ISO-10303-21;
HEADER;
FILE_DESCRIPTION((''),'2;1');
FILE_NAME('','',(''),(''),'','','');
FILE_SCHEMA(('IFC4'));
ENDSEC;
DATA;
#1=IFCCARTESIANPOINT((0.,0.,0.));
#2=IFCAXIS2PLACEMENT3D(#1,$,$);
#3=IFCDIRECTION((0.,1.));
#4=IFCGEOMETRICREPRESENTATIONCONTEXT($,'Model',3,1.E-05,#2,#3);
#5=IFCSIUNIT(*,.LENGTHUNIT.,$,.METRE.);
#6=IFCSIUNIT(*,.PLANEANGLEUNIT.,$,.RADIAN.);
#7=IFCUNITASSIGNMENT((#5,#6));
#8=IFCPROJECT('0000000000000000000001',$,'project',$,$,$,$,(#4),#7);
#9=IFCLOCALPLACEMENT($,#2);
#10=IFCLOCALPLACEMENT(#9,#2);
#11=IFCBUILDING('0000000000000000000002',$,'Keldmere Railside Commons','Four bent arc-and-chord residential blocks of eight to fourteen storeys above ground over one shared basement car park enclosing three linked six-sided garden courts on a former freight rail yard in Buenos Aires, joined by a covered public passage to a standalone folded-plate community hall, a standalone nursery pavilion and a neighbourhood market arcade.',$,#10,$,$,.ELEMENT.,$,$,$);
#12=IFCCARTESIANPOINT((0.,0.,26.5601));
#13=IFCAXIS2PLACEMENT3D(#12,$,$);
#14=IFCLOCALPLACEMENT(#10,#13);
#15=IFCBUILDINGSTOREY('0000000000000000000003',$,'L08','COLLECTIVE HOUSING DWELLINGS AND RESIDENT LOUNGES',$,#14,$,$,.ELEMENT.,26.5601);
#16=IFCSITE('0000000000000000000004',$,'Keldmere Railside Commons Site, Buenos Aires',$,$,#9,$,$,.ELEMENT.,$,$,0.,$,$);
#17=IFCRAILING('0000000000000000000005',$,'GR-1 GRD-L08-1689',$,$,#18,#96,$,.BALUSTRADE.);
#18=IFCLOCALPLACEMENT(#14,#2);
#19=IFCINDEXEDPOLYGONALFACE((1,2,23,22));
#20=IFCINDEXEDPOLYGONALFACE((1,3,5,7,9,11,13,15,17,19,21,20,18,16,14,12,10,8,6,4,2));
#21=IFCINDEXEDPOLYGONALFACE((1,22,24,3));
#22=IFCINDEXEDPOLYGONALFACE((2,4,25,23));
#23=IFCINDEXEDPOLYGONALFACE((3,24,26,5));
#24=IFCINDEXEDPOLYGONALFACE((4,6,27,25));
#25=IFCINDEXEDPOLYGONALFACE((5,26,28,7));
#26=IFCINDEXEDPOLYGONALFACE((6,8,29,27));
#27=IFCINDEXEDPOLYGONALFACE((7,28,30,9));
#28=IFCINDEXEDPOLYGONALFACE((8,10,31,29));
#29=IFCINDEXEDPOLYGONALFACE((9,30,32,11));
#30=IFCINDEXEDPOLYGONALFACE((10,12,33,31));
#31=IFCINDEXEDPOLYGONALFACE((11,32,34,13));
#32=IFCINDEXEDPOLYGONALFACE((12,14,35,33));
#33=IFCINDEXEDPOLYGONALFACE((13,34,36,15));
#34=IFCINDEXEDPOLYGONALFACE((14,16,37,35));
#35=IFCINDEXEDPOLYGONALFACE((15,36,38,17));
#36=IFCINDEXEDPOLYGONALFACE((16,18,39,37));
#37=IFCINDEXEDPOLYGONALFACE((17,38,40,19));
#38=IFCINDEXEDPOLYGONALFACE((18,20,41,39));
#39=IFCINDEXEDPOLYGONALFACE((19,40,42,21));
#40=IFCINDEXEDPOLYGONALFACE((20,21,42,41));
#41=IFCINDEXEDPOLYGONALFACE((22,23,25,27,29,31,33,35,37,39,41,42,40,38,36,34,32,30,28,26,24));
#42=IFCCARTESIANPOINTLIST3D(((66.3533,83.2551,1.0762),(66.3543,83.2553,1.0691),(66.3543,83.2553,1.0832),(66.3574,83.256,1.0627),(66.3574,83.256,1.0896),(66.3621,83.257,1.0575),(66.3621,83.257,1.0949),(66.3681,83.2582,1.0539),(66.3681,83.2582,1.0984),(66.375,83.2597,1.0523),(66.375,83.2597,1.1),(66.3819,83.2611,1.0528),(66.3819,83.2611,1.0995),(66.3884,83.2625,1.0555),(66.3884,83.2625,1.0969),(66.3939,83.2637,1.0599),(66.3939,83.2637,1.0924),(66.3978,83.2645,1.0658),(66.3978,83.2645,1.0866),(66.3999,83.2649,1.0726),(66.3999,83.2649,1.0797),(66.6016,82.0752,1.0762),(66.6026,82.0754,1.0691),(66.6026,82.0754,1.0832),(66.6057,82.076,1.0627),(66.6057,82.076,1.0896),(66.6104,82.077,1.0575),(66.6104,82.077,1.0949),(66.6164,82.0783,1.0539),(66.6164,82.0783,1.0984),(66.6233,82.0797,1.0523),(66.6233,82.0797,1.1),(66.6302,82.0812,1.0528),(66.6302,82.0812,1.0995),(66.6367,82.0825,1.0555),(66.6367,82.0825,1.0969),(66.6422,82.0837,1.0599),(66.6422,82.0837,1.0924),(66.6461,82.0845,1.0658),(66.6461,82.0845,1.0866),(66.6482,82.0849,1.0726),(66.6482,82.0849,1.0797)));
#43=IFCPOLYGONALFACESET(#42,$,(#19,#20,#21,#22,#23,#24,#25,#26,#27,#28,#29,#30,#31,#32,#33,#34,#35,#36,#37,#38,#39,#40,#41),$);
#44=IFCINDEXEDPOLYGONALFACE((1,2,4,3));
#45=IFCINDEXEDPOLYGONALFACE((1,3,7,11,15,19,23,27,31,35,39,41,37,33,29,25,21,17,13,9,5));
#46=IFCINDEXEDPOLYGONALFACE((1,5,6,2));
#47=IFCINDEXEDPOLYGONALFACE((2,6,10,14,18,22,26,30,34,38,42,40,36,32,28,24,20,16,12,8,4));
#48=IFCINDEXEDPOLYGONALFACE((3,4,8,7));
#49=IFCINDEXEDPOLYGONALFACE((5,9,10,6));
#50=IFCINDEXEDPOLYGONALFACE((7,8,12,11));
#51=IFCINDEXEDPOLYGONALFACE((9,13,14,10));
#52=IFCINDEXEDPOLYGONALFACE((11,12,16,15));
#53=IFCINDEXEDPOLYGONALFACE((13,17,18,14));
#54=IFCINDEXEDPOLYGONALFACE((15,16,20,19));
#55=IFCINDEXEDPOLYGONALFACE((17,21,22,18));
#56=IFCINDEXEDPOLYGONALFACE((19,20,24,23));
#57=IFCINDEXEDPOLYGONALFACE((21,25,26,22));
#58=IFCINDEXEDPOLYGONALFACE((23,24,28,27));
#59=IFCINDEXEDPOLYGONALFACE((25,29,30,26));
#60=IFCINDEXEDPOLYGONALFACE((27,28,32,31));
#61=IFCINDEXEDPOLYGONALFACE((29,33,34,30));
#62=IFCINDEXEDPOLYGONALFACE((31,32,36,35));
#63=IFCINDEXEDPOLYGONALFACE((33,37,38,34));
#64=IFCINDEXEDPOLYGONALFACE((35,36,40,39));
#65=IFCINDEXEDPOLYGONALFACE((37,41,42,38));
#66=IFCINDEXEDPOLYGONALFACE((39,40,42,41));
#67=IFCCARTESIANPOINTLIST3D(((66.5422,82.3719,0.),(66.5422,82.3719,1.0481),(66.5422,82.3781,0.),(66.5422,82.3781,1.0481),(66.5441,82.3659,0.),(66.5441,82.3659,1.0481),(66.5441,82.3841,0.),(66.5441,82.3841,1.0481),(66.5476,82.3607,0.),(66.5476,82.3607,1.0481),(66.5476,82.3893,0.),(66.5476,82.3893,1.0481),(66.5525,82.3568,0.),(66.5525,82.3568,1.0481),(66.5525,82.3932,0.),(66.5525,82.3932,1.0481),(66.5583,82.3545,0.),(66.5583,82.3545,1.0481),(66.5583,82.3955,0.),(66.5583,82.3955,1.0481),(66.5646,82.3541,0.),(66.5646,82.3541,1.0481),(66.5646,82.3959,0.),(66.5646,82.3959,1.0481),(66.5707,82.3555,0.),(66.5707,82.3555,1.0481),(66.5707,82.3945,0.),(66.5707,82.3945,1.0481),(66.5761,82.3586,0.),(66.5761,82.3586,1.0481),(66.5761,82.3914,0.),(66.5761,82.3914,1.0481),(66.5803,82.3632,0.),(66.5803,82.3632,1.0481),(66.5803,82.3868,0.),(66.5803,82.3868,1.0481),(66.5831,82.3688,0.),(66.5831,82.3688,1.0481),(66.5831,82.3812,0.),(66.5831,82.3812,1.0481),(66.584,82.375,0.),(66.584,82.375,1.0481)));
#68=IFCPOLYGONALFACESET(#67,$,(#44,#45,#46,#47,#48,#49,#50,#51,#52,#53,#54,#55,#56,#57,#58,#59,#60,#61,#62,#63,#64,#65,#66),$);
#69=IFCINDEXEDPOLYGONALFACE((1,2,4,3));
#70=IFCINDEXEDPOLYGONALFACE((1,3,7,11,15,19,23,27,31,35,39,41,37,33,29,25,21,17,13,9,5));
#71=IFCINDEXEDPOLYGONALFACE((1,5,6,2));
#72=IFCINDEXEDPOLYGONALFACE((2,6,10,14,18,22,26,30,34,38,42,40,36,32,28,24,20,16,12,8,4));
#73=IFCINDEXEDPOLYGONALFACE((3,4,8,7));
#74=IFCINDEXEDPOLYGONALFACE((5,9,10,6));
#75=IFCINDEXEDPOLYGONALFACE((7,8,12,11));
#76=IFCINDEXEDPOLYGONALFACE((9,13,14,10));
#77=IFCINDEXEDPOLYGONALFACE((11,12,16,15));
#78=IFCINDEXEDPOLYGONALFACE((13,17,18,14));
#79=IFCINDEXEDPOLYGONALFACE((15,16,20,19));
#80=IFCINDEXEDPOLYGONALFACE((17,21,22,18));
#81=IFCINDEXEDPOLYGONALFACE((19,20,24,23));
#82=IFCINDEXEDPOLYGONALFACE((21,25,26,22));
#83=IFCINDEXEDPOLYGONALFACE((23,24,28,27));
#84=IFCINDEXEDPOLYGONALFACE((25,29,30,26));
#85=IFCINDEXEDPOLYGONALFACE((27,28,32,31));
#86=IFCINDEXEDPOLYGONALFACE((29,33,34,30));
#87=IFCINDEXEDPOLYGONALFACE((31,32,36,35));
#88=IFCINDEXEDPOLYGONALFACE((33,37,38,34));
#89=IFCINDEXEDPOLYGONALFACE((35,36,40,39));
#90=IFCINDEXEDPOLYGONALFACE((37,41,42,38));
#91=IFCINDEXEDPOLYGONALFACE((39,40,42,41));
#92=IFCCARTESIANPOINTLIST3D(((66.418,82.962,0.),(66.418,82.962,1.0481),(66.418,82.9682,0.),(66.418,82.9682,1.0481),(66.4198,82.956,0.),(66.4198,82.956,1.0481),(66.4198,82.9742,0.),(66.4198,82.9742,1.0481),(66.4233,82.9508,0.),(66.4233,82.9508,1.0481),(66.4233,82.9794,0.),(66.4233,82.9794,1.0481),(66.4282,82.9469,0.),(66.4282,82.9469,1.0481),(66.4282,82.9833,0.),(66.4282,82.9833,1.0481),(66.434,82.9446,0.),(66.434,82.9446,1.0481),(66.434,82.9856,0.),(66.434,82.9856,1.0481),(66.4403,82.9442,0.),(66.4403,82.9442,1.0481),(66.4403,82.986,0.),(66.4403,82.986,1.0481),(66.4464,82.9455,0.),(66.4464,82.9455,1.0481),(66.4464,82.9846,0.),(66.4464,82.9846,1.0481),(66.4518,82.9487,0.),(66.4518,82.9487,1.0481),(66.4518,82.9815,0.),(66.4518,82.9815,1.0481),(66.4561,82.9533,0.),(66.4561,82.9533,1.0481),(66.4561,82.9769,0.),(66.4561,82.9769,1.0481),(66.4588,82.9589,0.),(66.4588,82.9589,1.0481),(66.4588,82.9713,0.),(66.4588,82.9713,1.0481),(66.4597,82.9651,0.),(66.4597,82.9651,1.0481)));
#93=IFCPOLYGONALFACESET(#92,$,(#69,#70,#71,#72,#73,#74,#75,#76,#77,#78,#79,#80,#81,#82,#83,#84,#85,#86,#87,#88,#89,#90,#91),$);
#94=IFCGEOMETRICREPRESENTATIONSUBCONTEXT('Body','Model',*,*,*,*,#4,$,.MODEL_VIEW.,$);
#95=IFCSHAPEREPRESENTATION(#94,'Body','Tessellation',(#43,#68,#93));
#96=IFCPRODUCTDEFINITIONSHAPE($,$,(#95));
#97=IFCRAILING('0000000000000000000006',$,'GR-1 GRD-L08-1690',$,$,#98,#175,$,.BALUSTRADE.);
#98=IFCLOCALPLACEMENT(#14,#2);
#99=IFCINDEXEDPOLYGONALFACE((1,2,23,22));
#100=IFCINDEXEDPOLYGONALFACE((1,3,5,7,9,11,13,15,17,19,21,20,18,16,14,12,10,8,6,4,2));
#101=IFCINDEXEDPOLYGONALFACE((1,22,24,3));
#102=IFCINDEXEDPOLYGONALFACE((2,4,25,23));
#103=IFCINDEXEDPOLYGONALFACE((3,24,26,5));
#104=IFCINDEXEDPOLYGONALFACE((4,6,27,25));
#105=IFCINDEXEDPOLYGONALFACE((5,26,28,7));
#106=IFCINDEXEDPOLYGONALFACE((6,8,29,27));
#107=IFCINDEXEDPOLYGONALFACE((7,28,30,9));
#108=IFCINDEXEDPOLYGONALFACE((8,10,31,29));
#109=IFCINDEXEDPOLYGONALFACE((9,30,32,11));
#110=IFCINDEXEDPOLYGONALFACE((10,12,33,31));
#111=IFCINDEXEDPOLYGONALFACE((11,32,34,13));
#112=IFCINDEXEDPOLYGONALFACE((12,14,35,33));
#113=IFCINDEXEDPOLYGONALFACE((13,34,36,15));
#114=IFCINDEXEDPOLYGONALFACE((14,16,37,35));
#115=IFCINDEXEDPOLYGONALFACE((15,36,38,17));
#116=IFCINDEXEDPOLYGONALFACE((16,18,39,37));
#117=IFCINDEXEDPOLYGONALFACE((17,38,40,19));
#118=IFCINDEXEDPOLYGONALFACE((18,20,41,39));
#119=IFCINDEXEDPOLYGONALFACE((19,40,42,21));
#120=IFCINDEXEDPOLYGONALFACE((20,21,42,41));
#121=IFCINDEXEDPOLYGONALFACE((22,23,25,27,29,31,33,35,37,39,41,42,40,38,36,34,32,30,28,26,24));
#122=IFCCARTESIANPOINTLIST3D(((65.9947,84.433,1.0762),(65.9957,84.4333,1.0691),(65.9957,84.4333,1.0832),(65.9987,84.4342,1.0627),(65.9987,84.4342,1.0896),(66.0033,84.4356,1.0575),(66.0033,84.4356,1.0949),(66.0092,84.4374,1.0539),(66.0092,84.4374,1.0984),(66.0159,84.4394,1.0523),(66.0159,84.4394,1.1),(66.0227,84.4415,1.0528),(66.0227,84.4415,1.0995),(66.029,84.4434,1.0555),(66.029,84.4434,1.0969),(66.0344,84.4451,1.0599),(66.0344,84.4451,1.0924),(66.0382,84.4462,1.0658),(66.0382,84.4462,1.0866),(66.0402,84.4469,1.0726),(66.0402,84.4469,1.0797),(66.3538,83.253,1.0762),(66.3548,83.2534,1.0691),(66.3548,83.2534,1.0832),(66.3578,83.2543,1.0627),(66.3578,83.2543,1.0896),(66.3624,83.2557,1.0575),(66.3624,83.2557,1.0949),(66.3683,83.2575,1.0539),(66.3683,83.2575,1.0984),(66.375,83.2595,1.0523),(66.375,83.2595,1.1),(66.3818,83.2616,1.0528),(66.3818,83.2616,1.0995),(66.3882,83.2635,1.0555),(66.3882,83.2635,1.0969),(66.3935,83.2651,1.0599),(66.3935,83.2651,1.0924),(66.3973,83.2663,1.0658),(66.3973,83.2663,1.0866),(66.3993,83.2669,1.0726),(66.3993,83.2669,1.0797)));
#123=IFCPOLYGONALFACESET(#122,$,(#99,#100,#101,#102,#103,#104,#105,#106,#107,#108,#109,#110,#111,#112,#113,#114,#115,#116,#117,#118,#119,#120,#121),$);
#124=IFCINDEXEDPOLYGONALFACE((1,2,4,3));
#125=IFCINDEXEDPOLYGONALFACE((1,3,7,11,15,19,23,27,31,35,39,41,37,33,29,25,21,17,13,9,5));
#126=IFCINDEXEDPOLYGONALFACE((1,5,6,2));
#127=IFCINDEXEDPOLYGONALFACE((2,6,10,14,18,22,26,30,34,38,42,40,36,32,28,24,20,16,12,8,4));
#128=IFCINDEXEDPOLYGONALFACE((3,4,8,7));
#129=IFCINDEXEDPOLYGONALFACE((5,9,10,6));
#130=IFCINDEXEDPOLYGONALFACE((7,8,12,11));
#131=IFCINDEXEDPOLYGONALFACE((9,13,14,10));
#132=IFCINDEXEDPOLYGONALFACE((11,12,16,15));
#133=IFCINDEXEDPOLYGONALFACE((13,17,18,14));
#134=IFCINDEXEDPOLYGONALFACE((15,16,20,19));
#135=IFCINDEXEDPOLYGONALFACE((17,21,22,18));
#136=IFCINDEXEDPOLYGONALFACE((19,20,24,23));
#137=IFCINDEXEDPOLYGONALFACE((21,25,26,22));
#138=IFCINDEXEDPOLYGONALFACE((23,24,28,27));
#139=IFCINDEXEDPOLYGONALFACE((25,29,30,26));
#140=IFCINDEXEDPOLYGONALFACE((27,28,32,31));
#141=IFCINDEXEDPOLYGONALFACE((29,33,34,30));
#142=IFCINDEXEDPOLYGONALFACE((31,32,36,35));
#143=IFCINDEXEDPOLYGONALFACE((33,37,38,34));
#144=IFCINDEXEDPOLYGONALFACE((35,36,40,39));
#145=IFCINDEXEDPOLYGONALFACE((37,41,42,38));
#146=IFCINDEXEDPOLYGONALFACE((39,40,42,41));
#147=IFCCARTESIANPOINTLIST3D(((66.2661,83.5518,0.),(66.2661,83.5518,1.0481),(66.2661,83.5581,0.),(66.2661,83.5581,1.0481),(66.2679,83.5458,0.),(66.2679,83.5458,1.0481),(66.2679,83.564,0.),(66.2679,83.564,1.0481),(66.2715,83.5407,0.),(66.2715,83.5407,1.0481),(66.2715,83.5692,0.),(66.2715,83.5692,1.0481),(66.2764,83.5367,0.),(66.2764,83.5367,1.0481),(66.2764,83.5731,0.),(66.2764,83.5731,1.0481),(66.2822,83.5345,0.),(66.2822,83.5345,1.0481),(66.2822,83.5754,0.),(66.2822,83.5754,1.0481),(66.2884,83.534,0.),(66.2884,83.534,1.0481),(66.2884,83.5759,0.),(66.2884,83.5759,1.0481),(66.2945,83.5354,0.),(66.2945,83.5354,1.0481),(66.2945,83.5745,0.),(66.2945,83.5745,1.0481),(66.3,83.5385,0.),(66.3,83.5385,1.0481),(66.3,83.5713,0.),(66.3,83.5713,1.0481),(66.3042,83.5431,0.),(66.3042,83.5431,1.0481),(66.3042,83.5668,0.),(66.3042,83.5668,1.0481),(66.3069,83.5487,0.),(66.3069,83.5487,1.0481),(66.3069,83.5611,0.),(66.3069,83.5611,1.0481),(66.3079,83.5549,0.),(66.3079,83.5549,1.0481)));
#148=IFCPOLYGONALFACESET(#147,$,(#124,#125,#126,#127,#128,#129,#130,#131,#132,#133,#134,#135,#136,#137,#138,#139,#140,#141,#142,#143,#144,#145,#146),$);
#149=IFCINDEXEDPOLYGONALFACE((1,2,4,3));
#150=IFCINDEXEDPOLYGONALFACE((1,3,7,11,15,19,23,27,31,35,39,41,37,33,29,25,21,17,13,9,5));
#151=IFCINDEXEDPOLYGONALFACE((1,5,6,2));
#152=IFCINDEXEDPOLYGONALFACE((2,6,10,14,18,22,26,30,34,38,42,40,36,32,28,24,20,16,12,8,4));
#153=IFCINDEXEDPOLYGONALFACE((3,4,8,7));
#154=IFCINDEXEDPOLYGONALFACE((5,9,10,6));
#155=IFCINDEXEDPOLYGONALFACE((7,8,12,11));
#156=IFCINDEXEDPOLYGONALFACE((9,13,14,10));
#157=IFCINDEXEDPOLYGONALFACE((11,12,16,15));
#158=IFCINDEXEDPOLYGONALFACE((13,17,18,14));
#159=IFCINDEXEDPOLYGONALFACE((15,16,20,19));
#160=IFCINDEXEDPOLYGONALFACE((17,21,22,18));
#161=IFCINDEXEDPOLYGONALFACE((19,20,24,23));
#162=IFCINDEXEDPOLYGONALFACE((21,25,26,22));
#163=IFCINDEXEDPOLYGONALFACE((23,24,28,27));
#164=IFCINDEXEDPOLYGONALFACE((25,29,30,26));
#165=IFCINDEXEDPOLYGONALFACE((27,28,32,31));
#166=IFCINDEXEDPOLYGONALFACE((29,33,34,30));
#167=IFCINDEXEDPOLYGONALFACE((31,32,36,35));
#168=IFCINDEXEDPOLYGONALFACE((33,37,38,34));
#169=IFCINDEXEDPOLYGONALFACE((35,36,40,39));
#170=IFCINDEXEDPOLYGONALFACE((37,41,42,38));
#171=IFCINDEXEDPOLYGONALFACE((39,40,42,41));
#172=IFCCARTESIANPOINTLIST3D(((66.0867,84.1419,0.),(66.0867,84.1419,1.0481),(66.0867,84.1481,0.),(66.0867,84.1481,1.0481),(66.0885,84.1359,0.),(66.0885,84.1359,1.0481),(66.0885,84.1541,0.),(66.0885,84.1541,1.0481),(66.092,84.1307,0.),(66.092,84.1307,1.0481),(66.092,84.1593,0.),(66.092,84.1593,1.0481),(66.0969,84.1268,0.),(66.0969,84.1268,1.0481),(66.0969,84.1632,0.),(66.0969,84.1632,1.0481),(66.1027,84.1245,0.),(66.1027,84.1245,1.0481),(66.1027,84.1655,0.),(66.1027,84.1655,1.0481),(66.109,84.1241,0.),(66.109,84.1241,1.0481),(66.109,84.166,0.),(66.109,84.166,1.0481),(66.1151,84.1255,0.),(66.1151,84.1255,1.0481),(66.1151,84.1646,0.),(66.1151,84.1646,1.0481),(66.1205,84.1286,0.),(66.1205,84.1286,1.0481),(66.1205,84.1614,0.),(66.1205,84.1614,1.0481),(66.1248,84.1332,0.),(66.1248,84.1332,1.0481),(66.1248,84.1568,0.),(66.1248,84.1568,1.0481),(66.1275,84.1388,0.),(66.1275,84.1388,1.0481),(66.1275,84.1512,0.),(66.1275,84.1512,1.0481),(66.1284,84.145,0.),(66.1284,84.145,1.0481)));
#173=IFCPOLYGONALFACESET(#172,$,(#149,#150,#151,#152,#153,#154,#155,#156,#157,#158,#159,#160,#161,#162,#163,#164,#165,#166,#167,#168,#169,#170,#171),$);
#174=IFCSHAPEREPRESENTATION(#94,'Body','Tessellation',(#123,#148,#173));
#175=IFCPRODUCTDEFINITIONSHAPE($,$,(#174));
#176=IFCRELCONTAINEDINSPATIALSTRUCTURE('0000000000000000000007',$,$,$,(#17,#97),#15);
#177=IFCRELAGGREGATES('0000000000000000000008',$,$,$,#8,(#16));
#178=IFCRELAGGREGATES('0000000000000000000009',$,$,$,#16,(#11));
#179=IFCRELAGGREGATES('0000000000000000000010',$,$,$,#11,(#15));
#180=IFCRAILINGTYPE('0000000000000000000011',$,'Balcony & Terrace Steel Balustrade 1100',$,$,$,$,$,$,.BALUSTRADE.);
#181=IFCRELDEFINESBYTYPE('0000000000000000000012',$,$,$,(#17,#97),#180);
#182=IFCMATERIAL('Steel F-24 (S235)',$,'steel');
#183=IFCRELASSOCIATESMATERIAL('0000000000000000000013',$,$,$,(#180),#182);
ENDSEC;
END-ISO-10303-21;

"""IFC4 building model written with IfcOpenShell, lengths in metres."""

from ifc_helpers import new_model, si_unit, direction, frame, origin, origin_2d, place, context, subcontext, project, spatial, circle, extrude, material, type_object, element, save


model = new_model("IFC4")

# Units and contexts
model_context = context("Model", 3, precision=1e-05, world=origin(), true_north=direction((0.0, 1.0)))
body_context = subcontext(model_context, "Body", "Model", "MODEL_VIEW")
ifc_project = project(units=[si_unit("LENGTHUNIT", "METRE"), si_unit("PLANEANGLEUNIT", "RADIAN")], contexts=[model_context])

# Site, building, storey
site_placement = place(None, origin())
site = spatial("IfcSite", under=ifc_project, at=site_placement, Name="Keldmere Railside Commons Site, Buenos Aires", CompositionType="ELEMENT", RefElevation=0.0)
building_placement = place(site_placement, origin())
building = spatial("IfcBuilding", under=site, at=building_placement, Name="Keldmere Railside Commons", Description="Four bent arc-and-chord residential blocks of eight to fourteen storeys above ground over one shared basement car park enclosing three linked six-sided garden courts on a former freight rail yard in Buenos Aires, joined by a covered public passage to a standalone folded-plate community hall, a standalone nursery pavilion and a neighbourhood market arcade.", CompositionType="ELEMENT")
storey_placement = place(building_placement, frame((0.0, 0.0, 26.5601)))
storey = spatial("IfcBuildingStorey", under=building, at=storey_placement, Name="L08", Description="COLLECTIVE HOUSING DWELLINGS AND RESIDENT LOUNGES", CompositionType="ELEMENT", Elevation=26.5601)

# Railings
ifc_material_1 = material(Name="Steel F-24 (S235)", Category="steel")
railing_type = type_object("IfcRailingType", Name="Balcony & Terrace Steel Balustrade 1100", PredefinedType="BALUSTRADE", material=ifc_material_1)
railing_1_placement = place(storey_placement, frame((66.625, 82.0801, 0.0)))
element("IfcRailing", 1, at=railing_1_placement, inside=storey, type_object=railing_type, Name="GR-1 GRD-L08-1689", PredefinedType="BALUSTRADE", context=body_context, shape_type="SweptSolid", body=[
    extrude(circle(Radius=0.0239, at=origin_2d()), frame((0.0, 0.0, 1.0762), z_axis=(-0.205919, 0.978569, 0.0), x_axis=(-0.978569, -0.205919, 0.0)), (0.0, 0.0, 1.0), 1.2058),
    extrude(circle(Radius=0.021, at=origin_2d()), frame((-0.062, 0.2949, 0.0)), (0.0, 0.0, 1.0), 1.0481),
    extrude(circle(Radius=0.021, at=origin_2d()), frame((-0.1863, 0.885, 0.0)), (0.0, 0.0, 1.0), 1.0481),
])
railing_2_placement = place(storey_placement, frame((66.3767, 83.26, 0.0)))
element("IfcRailing", 2, at=railing_2_placement, inside=storey, type_object=railing_type, Name="GR-1 GRD-L08-1690", PredefinedType="BALUSTRADE", context=body_context, shape_type="SweptSolid", body=[
    extrude(circle(Radius=0.0239, at=origin_2d()), frame((0.0, 0.0, 1.0762), z_axis=(-0.291177, 0.956669, 0.0), x_axis=(-0.956669, -0.291177, 0.0)), (0.0, 0.0, 1.0), 1.2334),
    extrude(circle(Radius=0.021, at=origin_2d()), frame((-0.0898, 0.2949, 0.0)), (0.0, 0.0, 1.0), 1.0481),
    extrude(circle(Radius=0.021, at=origin_2d()), frame((-0.2693, 0.885, 0.0)), (0.0, 0.0, 1.0), 1.0481),
])

save(model, "model.ifc")
